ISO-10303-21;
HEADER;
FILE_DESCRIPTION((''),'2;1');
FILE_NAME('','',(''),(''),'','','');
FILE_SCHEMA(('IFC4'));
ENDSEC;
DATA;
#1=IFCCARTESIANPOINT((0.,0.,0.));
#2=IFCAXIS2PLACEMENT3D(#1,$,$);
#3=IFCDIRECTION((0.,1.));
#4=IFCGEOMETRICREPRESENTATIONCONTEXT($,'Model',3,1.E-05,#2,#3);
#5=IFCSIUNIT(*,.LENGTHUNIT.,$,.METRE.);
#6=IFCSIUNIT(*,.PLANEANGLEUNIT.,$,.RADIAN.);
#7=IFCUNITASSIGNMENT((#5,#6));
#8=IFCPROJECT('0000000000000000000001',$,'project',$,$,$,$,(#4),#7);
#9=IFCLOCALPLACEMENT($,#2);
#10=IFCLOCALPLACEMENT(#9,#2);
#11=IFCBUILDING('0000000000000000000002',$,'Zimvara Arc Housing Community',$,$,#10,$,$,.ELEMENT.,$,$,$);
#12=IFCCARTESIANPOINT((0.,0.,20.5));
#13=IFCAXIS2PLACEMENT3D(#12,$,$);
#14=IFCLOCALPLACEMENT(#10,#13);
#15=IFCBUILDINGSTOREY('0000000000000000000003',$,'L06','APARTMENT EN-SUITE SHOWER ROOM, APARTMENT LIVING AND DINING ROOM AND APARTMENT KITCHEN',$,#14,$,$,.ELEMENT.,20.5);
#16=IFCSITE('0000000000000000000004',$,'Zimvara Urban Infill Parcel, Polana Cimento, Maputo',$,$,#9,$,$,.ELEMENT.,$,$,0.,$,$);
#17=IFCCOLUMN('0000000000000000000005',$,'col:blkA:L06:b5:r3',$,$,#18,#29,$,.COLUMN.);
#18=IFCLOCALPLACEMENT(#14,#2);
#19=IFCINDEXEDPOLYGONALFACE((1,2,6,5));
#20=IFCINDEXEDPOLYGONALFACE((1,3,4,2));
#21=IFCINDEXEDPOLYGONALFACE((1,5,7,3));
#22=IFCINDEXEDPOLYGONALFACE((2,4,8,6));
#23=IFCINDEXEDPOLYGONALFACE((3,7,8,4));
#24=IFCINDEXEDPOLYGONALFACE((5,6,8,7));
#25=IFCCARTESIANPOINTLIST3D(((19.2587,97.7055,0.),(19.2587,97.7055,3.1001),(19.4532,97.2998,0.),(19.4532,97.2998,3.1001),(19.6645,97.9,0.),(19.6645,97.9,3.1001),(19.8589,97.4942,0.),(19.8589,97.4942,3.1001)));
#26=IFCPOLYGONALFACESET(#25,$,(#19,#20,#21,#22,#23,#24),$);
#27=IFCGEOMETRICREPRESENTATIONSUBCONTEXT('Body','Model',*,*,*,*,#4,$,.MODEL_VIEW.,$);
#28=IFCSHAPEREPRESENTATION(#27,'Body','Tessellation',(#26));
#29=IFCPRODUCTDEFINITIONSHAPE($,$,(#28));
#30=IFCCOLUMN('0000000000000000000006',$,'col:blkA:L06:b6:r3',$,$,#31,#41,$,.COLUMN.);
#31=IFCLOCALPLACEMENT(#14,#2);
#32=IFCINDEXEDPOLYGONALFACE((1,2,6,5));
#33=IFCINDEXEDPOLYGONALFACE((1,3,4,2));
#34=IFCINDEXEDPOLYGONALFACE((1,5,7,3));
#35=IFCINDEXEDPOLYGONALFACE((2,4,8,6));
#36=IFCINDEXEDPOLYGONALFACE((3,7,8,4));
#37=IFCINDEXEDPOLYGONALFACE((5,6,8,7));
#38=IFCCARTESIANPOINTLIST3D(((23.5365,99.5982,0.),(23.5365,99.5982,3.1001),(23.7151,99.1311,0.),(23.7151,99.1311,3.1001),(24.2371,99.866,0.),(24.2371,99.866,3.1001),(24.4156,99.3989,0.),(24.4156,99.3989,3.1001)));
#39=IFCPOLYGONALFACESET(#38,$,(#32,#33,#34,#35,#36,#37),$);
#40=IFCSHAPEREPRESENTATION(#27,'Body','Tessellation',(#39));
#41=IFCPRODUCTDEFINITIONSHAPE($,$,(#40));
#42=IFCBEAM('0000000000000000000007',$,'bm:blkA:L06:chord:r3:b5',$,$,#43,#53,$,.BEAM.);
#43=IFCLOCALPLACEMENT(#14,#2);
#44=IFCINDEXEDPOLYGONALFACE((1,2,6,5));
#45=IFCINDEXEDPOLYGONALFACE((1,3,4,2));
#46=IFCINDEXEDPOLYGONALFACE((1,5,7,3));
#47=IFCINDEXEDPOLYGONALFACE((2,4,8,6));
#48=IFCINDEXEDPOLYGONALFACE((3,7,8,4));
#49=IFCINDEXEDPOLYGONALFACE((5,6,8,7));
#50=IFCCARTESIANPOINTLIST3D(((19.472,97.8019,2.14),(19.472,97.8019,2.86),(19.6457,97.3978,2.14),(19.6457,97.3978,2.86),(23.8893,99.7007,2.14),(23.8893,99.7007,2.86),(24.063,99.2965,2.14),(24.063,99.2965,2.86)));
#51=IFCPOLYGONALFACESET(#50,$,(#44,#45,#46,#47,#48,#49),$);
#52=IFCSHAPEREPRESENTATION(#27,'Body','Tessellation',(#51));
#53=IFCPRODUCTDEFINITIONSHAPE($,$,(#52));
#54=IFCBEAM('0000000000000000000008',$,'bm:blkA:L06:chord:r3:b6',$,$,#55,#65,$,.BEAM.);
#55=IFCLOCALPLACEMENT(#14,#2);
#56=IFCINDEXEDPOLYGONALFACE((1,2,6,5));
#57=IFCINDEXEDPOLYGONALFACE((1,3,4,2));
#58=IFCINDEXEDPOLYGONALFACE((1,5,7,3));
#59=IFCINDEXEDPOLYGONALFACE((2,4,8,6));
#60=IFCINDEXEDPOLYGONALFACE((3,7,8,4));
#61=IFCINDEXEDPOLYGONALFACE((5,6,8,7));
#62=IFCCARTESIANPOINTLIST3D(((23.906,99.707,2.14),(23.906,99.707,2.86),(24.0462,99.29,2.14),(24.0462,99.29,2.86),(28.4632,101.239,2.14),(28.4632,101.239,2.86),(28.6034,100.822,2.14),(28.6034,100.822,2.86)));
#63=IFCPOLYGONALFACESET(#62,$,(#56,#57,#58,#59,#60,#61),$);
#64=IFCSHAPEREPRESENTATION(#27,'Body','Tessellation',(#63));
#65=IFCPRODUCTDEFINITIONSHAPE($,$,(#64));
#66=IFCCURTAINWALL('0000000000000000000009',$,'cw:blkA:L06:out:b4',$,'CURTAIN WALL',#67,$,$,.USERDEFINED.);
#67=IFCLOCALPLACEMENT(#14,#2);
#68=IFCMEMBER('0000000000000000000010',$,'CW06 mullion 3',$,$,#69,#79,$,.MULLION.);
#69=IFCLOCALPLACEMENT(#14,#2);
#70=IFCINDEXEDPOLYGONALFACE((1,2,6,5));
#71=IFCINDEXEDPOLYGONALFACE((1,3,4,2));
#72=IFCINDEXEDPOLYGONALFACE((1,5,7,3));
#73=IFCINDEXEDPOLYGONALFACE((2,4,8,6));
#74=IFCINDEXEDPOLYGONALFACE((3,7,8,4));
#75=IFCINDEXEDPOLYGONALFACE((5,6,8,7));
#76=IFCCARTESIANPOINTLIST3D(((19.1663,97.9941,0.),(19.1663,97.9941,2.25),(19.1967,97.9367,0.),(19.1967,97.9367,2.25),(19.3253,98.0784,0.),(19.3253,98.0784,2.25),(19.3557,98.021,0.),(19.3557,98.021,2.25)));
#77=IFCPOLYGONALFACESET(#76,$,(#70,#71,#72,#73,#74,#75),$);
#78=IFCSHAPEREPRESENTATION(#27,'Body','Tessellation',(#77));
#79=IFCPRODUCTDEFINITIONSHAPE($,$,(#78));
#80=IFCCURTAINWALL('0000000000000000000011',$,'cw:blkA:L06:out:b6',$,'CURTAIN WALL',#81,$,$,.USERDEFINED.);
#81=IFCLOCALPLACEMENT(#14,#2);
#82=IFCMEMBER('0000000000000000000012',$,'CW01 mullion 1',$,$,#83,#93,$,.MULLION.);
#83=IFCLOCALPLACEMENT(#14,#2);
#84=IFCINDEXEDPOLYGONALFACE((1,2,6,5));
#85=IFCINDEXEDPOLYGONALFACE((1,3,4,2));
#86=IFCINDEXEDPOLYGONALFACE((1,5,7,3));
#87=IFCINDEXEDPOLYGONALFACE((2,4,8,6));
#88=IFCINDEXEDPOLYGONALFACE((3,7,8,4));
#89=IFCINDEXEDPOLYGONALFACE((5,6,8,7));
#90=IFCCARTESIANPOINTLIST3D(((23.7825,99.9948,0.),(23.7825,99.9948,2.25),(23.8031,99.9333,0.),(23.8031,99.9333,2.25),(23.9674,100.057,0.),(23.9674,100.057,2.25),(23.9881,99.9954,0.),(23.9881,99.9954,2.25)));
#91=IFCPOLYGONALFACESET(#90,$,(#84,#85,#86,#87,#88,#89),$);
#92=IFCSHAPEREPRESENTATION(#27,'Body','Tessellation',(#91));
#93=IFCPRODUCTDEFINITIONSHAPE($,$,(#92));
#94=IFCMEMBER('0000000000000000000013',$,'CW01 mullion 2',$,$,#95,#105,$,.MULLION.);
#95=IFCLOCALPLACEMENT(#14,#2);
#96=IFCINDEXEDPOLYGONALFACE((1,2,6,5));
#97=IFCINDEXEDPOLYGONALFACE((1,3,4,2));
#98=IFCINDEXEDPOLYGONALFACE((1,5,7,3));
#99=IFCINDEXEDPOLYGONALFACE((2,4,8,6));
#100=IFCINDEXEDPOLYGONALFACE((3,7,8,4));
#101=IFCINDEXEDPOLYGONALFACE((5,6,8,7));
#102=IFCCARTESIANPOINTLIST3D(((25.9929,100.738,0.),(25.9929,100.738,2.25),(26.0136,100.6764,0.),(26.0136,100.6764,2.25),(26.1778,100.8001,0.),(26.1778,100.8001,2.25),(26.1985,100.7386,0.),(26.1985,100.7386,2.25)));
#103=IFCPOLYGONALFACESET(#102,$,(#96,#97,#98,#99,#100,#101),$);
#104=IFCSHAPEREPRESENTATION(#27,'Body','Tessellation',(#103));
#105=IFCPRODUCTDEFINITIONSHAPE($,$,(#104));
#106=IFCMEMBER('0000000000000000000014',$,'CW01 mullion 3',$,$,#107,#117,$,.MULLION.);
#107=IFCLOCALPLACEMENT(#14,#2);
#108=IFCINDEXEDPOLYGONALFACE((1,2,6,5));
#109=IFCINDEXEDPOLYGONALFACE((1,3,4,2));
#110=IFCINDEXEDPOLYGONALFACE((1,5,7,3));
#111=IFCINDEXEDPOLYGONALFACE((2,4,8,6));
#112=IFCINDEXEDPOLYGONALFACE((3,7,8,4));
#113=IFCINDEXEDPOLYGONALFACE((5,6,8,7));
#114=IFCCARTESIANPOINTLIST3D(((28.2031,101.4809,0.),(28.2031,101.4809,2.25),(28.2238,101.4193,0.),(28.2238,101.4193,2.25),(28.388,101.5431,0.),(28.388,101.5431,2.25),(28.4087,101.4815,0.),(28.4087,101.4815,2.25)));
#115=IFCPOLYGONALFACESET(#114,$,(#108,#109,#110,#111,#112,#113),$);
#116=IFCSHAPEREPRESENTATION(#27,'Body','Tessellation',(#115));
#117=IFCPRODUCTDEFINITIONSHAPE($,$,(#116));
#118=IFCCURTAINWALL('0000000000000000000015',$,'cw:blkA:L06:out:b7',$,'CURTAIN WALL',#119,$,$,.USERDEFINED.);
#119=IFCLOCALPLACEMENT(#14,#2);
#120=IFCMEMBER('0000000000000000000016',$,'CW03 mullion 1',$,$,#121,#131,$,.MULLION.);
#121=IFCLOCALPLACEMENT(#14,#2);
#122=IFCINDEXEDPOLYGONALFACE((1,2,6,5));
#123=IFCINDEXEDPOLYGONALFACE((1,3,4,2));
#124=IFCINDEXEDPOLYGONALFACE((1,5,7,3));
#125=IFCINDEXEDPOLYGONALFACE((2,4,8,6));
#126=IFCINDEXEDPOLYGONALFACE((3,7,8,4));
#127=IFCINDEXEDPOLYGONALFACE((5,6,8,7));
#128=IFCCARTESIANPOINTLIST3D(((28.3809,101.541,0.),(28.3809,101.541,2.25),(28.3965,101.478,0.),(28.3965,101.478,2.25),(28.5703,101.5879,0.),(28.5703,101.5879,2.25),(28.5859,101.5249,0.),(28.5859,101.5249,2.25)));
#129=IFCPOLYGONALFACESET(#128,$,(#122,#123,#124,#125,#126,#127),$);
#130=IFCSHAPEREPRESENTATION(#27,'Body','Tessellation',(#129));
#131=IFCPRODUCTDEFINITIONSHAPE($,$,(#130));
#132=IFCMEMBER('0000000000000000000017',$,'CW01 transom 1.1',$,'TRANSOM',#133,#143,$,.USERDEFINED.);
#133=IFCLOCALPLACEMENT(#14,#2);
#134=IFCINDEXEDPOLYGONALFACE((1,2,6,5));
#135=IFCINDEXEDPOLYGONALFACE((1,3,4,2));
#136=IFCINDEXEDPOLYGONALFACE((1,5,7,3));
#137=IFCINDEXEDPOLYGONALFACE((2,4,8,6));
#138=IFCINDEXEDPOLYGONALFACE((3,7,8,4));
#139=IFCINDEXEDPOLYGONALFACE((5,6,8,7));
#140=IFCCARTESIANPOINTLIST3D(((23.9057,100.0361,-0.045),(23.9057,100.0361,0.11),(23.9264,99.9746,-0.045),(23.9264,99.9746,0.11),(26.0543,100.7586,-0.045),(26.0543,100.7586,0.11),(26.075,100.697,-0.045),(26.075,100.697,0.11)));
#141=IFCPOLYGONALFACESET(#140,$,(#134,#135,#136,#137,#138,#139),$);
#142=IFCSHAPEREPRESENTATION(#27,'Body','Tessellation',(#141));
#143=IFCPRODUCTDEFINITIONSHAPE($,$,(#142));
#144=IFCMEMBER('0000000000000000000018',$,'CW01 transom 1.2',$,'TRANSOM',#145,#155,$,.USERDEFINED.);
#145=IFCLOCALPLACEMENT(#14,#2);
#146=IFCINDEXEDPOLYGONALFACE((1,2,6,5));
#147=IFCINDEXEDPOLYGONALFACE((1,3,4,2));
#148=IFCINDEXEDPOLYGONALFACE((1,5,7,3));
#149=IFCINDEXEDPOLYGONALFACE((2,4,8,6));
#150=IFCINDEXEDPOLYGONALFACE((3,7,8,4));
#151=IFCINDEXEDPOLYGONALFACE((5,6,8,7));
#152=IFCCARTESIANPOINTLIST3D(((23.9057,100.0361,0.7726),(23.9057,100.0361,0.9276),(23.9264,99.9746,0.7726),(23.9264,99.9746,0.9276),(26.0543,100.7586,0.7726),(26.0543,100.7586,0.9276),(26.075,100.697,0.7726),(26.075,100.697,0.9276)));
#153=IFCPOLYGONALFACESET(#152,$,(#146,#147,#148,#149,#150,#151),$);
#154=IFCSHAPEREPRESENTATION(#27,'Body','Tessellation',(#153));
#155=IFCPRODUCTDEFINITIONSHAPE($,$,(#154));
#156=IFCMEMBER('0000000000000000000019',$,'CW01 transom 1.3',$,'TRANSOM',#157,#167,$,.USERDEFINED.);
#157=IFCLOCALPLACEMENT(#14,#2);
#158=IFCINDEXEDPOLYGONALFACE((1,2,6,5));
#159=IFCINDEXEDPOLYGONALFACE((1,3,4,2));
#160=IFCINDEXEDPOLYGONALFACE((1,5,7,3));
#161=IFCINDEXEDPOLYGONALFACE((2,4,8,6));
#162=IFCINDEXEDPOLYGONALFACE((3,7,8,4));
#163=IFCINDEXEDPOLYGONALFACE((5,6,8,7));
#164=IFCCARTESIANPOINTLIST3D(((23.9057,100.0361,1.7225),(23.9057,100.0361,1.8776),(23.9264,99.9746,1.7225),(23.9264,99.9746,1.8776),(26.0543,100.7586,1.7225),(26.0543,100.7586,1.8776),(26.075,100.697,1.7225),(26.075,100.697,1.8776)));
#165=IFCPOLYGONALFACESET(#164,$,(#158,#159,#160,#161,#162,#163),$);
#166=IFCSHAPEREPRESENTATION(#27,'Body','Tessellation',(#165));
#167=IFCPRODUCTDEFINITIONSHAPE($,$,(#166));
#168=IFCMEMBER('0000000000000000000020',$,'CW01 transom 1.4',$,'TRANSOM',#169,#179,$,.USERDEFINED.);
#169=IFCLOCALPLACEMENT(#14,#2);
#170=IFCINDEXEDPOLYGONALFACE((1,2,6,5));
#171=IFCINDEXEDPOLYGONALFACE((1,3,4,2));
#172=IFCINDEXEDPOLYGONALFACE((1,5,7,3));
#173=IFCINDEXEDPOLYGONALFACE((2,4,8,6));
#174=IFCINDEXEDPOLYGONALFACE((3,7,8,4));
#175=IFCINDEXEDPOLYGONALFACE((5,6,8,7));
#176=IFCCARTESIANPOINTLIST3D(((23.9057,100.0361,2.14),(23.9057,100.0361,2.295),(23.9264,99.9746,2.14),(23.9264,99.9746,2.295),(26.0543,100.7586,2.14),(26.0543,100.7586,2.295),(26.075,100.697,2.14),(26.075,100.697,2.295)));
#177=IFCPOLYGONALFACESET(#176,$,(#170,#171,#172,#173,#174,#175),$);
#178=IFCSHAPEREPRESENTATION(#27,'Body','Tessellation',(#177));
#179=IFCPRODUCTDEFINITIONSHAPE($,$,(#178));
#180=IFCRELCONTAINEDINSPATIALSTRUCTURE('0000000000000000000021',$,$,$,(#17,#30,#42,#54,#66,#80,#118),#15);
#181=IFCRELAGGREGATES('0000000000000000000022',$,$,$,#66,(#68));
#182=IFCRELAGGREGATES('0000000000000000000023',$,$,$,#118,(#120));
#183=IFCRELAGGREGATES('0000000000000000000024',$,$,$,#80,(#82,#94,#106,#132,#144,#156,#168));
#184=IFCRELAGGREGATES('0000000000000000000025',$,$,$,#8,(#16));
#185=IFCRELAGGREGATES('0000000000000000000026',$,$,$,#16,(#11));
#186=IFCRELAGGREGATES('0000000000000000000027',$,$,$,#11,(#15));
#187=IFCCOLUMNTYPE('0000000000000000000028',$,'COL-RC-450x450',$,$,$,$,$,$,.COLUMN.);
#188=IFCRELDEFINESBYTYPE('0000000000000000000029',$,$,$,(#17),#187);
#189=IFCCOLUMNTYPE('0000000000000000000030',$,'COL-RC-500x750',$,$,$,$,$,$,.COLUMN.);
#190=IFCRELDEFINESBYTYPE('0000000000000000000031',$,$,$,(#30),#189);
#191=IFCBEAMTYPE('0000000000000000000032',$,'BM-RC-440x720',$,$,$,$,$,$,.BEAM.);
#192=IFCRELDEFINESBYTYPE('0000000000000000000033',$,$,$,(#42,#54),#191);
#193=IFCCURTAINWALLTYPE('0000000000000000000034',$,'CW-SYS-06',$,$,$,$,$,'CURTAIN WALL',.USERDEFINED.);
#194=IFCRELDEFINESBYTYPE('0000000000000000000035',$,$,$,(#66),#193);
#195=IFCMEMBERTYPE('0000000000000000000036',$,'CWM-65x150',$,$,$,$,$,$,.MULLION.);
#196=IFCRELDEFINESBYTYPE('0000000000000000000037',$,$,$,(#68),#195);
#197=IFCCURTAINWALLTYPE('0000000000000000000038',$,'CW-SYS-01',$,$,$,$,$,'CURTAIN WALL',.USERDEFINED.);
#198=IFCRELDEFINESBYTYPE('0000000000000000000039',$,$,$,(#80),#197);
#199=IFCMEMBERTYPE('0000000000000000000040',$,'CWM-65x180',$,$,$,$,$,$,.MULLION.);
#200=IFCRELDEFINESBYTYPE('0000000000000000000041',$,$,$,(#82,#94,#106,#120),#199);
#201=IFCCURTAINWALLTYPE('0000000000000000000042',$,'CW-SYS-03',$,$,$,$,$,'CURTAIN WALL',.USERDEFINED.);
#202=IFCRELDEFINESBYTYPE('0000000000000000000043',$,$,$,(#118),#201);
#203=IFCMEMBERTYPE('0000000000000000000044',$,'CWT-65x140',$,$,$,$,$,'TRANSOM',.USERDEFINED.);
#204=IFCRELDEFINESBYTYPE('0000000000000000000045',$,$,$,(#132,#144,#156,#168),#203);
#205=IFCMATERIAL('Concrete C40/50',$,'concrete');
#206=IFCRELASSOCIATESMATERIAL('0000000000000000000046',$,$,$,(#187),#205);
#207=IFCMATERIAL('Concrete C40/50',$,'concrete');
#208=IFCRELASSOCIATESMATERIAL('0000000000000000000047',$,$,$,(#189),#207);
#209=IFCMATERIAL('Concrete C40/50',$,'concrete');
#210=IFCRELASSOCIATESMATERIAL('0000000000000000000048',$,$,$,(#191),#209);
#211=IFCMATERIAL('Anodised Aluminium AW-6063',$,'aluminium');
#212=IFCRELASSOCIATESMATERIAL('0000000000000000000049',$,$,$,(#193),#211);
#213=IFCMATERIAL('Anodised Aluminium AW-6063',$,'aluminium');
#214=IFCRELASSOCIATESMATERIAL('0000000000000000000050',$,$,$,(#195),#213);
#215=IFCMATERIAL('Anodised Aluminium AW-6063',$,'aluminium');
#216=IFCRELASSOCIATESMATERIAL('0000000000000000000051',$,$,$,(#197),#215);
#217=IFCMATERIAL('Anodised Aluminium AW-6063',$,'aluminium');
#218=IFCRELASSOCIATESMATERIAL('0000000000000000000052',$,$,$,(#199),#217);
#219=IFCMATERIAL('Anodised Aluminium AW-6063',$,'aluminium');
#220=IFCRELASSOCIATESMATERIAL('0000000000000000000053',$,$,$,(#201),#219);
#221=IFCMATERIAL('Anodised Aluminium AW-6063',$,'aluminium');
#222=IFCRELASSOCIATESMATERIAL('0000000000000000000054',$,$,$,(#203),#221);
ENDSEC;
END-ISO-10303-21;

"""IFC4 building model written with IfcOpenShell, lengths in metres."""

from ifc_helpers import new_model, si_unit, direction, frame, origin, origin_2d, place, context, subcontext, project, spatial, rectangle, extrude, material, material_profile, profile_set, type_object, element, aggregate, save


model = new_model("IFC4")

# Units and contexts
model_context = context("Model", 3, precision=1e-05, world=origin(), true_north=direction((0.0, 1.0)))
body_context = subcontext(model_context, "Body", "Model", "MODEL_VIEW")
ifc_project = project(units=[si_unit("LENGTHUNIT", "METRE"), si_unit("PLANEANGLEUNIT", "RADIAN")], contexts=[model_context])

# Site, building, storey
site_placement = place(None, origin())
site = spatial("IfcSite", under=ifc_project, at=site_placement, Name="Zimvara Urban Infill Parcel, Polana Cimento, Maputo", CompositionType="ELEMENT", RefElevation=0.0)
building_placement = place(site_placement, origin())
building = spatial("IfcBuilding", under=site, at=building_placement, Name="Zimvara Arc Housing Community", CompositionType="ELEMENT")
storey_placement = place(building_placement, frame((0.0, 0.0, 20.5)))
storey = spatial("IfcBuildingStorey", under=building, at=storey_placement, Name="L06", Description="APARTMENT EN-SUITE SHOWER ROOM, APARTMENT LIVING AND DINING ROOM AND APARTMENT KITCHEN", CompositionType="ELEMENT", Elevation=20.5)

# Columns
ifc_material_1 = material(Name="Concrete C40/50", Category="concrete")
ifc_material_profile_1 = material_profile(ifc_material_1, rectangle(XDim=0.45, YDim=0.45, at=origin_2d()), Name="RC 450x450")
ifc_profile_set_1 = profile_set([ifc_material_profile_1], Name="Concrete C40/50")
column_type_1 = type_object("IfcColumnType", Name="COL-RC-450x450", PredefinedType="COLUMN", material=ifc_profile_set_1)
column_1_placement = place(storey_placement, frame((19.5588, 97.5999, 0.0), z_axis=(0.0, 0.0, 1.0), x_axis=(-0.432086, 0.901833, 0.0)))
element("IfcColumn", 1, at=column_1_placement, inside=storey, type_object=column_type_1, Name="col:blkA:L06:b5:r3", PredefinedType="COLUMN", context=body_context, shape_type="SweptSolid", body=[
    extrude(rectangle(XDim=0.45, YDim=0.45, at=origin_2d()), origin(), (0.0, 0.0, 1.0), 3.1001),
])
ifc_material_2 = material(Name="Concrete C40/50", Category="concrete")
ifc_material_profile_2 = material_profile(ifc_material_2, rectangle(XDim=0.5, YDim=0.75, at=origin_2d()), Name="RC 500x750")
ifc_profile_set_2 = profile_set([ifc_material_profile_2], Name="Concrete C40/50")
column_type_2 = type_object("IfcColumnType", Name="COL-RC-500x750", PredefinedType="COLUMN", material=ifc_profile_set_2)
column_2_placement = place(storey_placement, frame((23.9761, 99.4985, 0.0), z_axis=(0.0, 0.0, 1.0), x_axis=(-0.357064, 0.93408, 0.0)))
element("IfcColumn", 2, at=column_2_placement, inside=storey, type_object=column_type_2, Name="col:blkA:L06:b6:r3", PredefinedType="COLUMN", context=body_context, shape_type="SweptSolid", body=[
    extrude(rectangle(XDim=0.5, YDim=0.75, at=origin_2d()), origin(), (0.0, 0.0, 1.0), 3.1001),
])

# Beams
ifc_material_3 = material(Name="Concrete C40/50", Category="concrete")
ifc_material_profile_3 = material_profile(ifc_material_3, rectangle(XDim=0.4399, YDim=0.72, at=origin_2d()), Name="RC 440x720")
ifc_profile_set_3 = profile_set([ifc_material_profile_3], Name="Concrete C40/50")
beam_type = type_object("IfcBeamType", Name="BM-RC-440x720", PredefinedType="BEAM", material=ifc_profile_set_3)
beam_1_placement = place(storey_placement, frame((19.5588, 97.5999, 2.5), z_axis=(0.918724, 0.3949, 0.0), x_axis=(-0.3949, 0.918724, 0.0)))
element("IfcBeam", 3, at=beam_1_placement, inside=storey, type_object=beam_type, Name="bm:blkA:L06:chord:r3:b5", PredefinedType="BEAM", context=body_context, shape_type="SweptSolid", body=[
    extrude(rectangle(XDim=0.4399, YDim=0.72, at=origin_2d()), origin(), (0.0, 0.0, 1.0), 4.8081),
])
beam_2_placement = place(storey_placement, frame((23.9761, 99.4985, 2.5), z_axis=(0.947878, 0.318634, 0.0), x_axis=(-0.318634, 0.947878, 0.0)))
element("IfcBeam", 4, at=beam_2_placement, inside=storey, type_object=beam_type, Name="bm:blkA:L06:chord:r3:b6", PredefinedType="BEAM", context=body_context, shape_type="SweptSolid", body=[
    extrude(rectangle(XDim=0.4399, YDim=0.72, at=origin_2d()), origin(), (0.0, 0.0, 1.0), 4.8079),
])

# Curtain wall, member
ifc_material_4 = material(Name="Anodised Aluminium AW-6063", Category="aluminium")
curtain_wall_type_1 = type_object("IfcCurtainWallType", Name="CW-SYS-06", ElementType="CURTAIN WALL", PredefinedType="USERDEFINED", material=ifc_material_4)
curtain_wall_1_placement = place(storey_placement, origin())
curtain_wall_1 = element("IfcCurtainWall", 5, at=curtain_wall_1_placement, inside=storey, type_object=curtain_wall_type_1, Name="cw:blkA:L06:out:b4", ObjectType="CURTAIN WALL", PredefinedType="USERDEFINED")
ifc_material_5 = material(Name="Anodised Aluminium AW-6063", Category="aluminium")
ifc_material_profile_4 = material_profile(ifc_material_5, rectangle(XDim=0.0649, YDim=0.1799, at=origin_2d()), Name="ALU 65x180")
ifc_profile_set_4 = profile_set([ifc_material_profile_4], Name="Anodised Aluminium AW-6063")
member_type_1 = type_object("IfcMemberType", Name="CWM-65x150", PredefinedType="MULLION", material=ifc_profile_set_4)
member_1_placement = place(storey_placement, frame((19.261, 98.0076, 0.0), z_axis=(0.0, 0.0, 1.0), x_axis=(-0.468547, 0.883439, 0.0)))
member_1 = element("IfcMember", 6, at=member_1_placement, type_object=member_type_1, Name="CW06 mullion 3", PredefinedType="MULLION", context=body_context, shape_type="SweptSolid", body=[
    extrude(rectangle(XDim=0.0649, YDim=0.1799, at=origin_2d()), origin(), (0.0, 0.0, 1.0), 2.25),
])
aggregate(curtain_wall_1, [member_1])

# Curtain wall, members
ifc_material_6 = material(Name="Anodised Aluminium AW-6063", Category="aluminium")
curtain_wall_type_2 = type_object("IfcCurtainWallType", Name="CW-SYS-01", ElementType="CURTAIN WALL", PredefinedType="USERDEFINED", material=ifc_material_6)
curtain_wall_2_placement = place(storey_placement, origin())
curtain_wall_2 = element("IfcCurtainWall", 7, at=curtain_wall_2_placement, inside=storey, type_object=curtain_wall_type_2, Name="cw:blkA:L06:out:b6", ObjectType="CURTAIN WALL", PredefinedType="USERDEFINED")
ifc_material_7 = material(Name="Anodised Aluminium AW-6063", Category="aluminium")
ifc_material_profile_5 = material_profile(ifc_material_7, rectangle(XDim=0.0649, YDim=0.1951, at=origin_2d()), Name="ALU 65x195")
ifc_profile_set_5 = profile_set([ifc_material_profile_5], Name="Anodised Aluminium AW-6063")
member_type_2 = type_object("IfcMemberType", Name="CWM-65x180", PredefinedType="MULLION", material=ifc_profile_set_5)
member_2_placement = place(storey_placement, frame((23.8853, 99.9951, 0.0), z_axis=(0.0, 0.0, 1.0), x_axis=(-0.318629, 0.94788, 0.0)))
member_2 = element("IfcMember", 8, at=member_2_placement, type_object=member_type_2, Name="CW01 mullion 1", PredefinedType="MULLION", context=body_context, shape_type="SweptSolid", body=[
    extrude(rectangle(XDim=0.0649, YDim=0.1951, at=origin_2d()), origin(), (0.0, 0.0, 1.0), 2.25),
])
member_3_placement = place(storey_placement, frame((26.0957, 100.7383, 0.0), z_axis=(0.0, 0.0, 1.0), x_axis=(-0.318629, 0.94788, 0.0)))
member_3 = element("IfcMember", 9, at=member_3_placement, type_object=member_type_2, Name="CW01 mullion 2", PredefinedType="MULLION", context=body_context, shape_type="SweptSolid", body=[
    extrude(rectangle(XDim=0.0649, YDim=0.1951, at=origin_2d()), origin(), (0.0, 0.0, 1.0), 2.25),
])
member_4_placement = place(storey_placement, frame((28.3059, 101.4812, 0.0), z_axis=(0.0, 0.0, 1.0), x_axis=(-0.318629, 0.94788, 0.0)))
member_4 = element("IfcMember", 10, at=member_4_placement, type_object=member_type_2, Name="CW01 mullion 3", PredefinedType="MULLION", context=body_context, shape_type="SweptSolid", body=[
    extrude(rectangle(XDim=0.0649, YDim=0.1951, at=origin_2d()), origin(), (0.0, 0.0, 1.0), 2.25),
])

# Curtain wall, member
ifc_material_8 = material(Name="Anodised Aluminium AW-6063", Category="aluminium")
curtain_wall_type_3 = type_object("IfcCurtainWallType", Name="CW-SYS-03", ElementType="CURTAIN WALL", PredefinedType="USERDEFINED", material=ifc_material_8)
curtain_wall_3_placement = place(storey_placement, origin())
curtain_wall_3 = element("IfcCurtainWall", 11, at=curtain_wall_3_placement, inside=storey, type_object=curtain_wall_type_3, Name="cw:blkA:L06:out:b7", ObjectType="CURTAIN WALL", PredefinedType="USERDEFINED")
member_5_placement = place(storey_placement, frame((28.4834, 101.533, 0.0), z_axis=(0.0, 0.0, 1.0), x_axis=(-0.24023, 0.970716, 0.0)))
member_5 = element("IfcMember", 12, at=member_5_placement, type_object=member_type_2, Name="CW03 mullion 1", PredefinedType="MULLION", context=body_context, shape_type="SweptSolid", body=[
    extrude(rectangle(XDim=0.0649, YDim=0.1951, at=origin_2d()), origin(), (0.0, 0.0, 1.0), 2.25),
])

# Members
ifc_material_9 = material(Name="Anodised Aluminium AW-6063", Category="aluminium")
ifc_material_profile_6 = material_profile(ifc_material_9, rectangle(XDim=0.0649, YDim=0.155, at=origin_2d()), Name="ALU 65x155")
ifc_profile_set_6 = profile_set([ifc_material_profile_6], Name="Anodised Aluminium AW-6063")
member_type_3 = type_object("IfcMemberType", Name="CWT-65x140", ElementType="TRANSOM", PredefinedType="USERDEFINED", material=ifc_profile_set_6)
member_6_placement = place(storey_placement, frame((23.916, 100.0054, 0.0325), z_axis=(0.947862, 0.318682, 0.0), x_axis=(-0.318682, 0.947862, 0.0)))
member_6 = element("IfcMember", 13, at=member_6_placement, type_object=member_type_3, Name="CW01 transom 1.1", ObjectType="TRANSOM", PredefinedType="USERDEFINED", context=body_context, shape_type="SweptSolid", body=[
    extrude(rectangle(XDim=0.0649, YDim=0.155, at=origin_2d()), origin(), (0.0, 0.0, 1.0), 2.2668),
])
member_7_placement = place(storey_placement, frame((23.916, 100.0054, 0.8501), z_axis=(0.947862, 0.318682, 0.0), x_axis=(-0.318682, 0.947862, 0.0)))
member_7 = element("IfcMember", 14, at=member_7_placement, type_object=member_type_3, Name="CW01 transom 1.2", ObjectType="TRANSOM", PredefinedType="USERDEFINED", context=body_context, shape_type="SweptSolid", body=[
    extrude(rectangle(XDim=0.0649, YDim=0.155, at=origin_2d()), origin(), (0.0, 0.0, 1.0), 2.2668),
])
member_8_placement = place(storey_placement, frame((23.916, 100.0054, 1.8), z_axis=(0.947862, 0.318682, 0.0), x_axis=(-0.318682, 0.947862, 0.0)))
member_8 = element("IfcMember", 15, at=member_8_placement, type_object=member_type_3, Name="CW01 transom 1.3", ObjectType="TRANSOM", PredefinedType="USERDEFINED", context=body_context, shape_type="SweptSolid", body=[
    extrude(rectangle(XDim=0.0649, YDim=0.155, at=origin_2d()), origin(), (0.0, 0.0, 1.0), 2.2668),
])
member_9_placement = place(storey_placement, frame((23.916, 100.0054, 2.2175), z_axis=(0.947862, 0.318682, 0.0), x_axis=(-0.318682, 0.947862, 0.0)))
member_9 = element("IfcMember", 16, at=member_9_placement, type_object=member_type_3, Name="CW01 transom 1.4", ObjectType="TRANSOM", PredefinedType="USERDEFINED", context=body_context, shape_type="SweptSolid", body=[
    extrude(rectangle(XDim=0.0649, YDim=0.155, at=origin_2d()), origin(), (0.0, 0.0, 1.0), 2.2668),
])
aggregate(curtain_wall_3, [member_5])

aggregate(curtain_wall_2, [member_2, member_3, member_4, member_6, member_7, member_8, member_9])

save(model, "model.ifc")
